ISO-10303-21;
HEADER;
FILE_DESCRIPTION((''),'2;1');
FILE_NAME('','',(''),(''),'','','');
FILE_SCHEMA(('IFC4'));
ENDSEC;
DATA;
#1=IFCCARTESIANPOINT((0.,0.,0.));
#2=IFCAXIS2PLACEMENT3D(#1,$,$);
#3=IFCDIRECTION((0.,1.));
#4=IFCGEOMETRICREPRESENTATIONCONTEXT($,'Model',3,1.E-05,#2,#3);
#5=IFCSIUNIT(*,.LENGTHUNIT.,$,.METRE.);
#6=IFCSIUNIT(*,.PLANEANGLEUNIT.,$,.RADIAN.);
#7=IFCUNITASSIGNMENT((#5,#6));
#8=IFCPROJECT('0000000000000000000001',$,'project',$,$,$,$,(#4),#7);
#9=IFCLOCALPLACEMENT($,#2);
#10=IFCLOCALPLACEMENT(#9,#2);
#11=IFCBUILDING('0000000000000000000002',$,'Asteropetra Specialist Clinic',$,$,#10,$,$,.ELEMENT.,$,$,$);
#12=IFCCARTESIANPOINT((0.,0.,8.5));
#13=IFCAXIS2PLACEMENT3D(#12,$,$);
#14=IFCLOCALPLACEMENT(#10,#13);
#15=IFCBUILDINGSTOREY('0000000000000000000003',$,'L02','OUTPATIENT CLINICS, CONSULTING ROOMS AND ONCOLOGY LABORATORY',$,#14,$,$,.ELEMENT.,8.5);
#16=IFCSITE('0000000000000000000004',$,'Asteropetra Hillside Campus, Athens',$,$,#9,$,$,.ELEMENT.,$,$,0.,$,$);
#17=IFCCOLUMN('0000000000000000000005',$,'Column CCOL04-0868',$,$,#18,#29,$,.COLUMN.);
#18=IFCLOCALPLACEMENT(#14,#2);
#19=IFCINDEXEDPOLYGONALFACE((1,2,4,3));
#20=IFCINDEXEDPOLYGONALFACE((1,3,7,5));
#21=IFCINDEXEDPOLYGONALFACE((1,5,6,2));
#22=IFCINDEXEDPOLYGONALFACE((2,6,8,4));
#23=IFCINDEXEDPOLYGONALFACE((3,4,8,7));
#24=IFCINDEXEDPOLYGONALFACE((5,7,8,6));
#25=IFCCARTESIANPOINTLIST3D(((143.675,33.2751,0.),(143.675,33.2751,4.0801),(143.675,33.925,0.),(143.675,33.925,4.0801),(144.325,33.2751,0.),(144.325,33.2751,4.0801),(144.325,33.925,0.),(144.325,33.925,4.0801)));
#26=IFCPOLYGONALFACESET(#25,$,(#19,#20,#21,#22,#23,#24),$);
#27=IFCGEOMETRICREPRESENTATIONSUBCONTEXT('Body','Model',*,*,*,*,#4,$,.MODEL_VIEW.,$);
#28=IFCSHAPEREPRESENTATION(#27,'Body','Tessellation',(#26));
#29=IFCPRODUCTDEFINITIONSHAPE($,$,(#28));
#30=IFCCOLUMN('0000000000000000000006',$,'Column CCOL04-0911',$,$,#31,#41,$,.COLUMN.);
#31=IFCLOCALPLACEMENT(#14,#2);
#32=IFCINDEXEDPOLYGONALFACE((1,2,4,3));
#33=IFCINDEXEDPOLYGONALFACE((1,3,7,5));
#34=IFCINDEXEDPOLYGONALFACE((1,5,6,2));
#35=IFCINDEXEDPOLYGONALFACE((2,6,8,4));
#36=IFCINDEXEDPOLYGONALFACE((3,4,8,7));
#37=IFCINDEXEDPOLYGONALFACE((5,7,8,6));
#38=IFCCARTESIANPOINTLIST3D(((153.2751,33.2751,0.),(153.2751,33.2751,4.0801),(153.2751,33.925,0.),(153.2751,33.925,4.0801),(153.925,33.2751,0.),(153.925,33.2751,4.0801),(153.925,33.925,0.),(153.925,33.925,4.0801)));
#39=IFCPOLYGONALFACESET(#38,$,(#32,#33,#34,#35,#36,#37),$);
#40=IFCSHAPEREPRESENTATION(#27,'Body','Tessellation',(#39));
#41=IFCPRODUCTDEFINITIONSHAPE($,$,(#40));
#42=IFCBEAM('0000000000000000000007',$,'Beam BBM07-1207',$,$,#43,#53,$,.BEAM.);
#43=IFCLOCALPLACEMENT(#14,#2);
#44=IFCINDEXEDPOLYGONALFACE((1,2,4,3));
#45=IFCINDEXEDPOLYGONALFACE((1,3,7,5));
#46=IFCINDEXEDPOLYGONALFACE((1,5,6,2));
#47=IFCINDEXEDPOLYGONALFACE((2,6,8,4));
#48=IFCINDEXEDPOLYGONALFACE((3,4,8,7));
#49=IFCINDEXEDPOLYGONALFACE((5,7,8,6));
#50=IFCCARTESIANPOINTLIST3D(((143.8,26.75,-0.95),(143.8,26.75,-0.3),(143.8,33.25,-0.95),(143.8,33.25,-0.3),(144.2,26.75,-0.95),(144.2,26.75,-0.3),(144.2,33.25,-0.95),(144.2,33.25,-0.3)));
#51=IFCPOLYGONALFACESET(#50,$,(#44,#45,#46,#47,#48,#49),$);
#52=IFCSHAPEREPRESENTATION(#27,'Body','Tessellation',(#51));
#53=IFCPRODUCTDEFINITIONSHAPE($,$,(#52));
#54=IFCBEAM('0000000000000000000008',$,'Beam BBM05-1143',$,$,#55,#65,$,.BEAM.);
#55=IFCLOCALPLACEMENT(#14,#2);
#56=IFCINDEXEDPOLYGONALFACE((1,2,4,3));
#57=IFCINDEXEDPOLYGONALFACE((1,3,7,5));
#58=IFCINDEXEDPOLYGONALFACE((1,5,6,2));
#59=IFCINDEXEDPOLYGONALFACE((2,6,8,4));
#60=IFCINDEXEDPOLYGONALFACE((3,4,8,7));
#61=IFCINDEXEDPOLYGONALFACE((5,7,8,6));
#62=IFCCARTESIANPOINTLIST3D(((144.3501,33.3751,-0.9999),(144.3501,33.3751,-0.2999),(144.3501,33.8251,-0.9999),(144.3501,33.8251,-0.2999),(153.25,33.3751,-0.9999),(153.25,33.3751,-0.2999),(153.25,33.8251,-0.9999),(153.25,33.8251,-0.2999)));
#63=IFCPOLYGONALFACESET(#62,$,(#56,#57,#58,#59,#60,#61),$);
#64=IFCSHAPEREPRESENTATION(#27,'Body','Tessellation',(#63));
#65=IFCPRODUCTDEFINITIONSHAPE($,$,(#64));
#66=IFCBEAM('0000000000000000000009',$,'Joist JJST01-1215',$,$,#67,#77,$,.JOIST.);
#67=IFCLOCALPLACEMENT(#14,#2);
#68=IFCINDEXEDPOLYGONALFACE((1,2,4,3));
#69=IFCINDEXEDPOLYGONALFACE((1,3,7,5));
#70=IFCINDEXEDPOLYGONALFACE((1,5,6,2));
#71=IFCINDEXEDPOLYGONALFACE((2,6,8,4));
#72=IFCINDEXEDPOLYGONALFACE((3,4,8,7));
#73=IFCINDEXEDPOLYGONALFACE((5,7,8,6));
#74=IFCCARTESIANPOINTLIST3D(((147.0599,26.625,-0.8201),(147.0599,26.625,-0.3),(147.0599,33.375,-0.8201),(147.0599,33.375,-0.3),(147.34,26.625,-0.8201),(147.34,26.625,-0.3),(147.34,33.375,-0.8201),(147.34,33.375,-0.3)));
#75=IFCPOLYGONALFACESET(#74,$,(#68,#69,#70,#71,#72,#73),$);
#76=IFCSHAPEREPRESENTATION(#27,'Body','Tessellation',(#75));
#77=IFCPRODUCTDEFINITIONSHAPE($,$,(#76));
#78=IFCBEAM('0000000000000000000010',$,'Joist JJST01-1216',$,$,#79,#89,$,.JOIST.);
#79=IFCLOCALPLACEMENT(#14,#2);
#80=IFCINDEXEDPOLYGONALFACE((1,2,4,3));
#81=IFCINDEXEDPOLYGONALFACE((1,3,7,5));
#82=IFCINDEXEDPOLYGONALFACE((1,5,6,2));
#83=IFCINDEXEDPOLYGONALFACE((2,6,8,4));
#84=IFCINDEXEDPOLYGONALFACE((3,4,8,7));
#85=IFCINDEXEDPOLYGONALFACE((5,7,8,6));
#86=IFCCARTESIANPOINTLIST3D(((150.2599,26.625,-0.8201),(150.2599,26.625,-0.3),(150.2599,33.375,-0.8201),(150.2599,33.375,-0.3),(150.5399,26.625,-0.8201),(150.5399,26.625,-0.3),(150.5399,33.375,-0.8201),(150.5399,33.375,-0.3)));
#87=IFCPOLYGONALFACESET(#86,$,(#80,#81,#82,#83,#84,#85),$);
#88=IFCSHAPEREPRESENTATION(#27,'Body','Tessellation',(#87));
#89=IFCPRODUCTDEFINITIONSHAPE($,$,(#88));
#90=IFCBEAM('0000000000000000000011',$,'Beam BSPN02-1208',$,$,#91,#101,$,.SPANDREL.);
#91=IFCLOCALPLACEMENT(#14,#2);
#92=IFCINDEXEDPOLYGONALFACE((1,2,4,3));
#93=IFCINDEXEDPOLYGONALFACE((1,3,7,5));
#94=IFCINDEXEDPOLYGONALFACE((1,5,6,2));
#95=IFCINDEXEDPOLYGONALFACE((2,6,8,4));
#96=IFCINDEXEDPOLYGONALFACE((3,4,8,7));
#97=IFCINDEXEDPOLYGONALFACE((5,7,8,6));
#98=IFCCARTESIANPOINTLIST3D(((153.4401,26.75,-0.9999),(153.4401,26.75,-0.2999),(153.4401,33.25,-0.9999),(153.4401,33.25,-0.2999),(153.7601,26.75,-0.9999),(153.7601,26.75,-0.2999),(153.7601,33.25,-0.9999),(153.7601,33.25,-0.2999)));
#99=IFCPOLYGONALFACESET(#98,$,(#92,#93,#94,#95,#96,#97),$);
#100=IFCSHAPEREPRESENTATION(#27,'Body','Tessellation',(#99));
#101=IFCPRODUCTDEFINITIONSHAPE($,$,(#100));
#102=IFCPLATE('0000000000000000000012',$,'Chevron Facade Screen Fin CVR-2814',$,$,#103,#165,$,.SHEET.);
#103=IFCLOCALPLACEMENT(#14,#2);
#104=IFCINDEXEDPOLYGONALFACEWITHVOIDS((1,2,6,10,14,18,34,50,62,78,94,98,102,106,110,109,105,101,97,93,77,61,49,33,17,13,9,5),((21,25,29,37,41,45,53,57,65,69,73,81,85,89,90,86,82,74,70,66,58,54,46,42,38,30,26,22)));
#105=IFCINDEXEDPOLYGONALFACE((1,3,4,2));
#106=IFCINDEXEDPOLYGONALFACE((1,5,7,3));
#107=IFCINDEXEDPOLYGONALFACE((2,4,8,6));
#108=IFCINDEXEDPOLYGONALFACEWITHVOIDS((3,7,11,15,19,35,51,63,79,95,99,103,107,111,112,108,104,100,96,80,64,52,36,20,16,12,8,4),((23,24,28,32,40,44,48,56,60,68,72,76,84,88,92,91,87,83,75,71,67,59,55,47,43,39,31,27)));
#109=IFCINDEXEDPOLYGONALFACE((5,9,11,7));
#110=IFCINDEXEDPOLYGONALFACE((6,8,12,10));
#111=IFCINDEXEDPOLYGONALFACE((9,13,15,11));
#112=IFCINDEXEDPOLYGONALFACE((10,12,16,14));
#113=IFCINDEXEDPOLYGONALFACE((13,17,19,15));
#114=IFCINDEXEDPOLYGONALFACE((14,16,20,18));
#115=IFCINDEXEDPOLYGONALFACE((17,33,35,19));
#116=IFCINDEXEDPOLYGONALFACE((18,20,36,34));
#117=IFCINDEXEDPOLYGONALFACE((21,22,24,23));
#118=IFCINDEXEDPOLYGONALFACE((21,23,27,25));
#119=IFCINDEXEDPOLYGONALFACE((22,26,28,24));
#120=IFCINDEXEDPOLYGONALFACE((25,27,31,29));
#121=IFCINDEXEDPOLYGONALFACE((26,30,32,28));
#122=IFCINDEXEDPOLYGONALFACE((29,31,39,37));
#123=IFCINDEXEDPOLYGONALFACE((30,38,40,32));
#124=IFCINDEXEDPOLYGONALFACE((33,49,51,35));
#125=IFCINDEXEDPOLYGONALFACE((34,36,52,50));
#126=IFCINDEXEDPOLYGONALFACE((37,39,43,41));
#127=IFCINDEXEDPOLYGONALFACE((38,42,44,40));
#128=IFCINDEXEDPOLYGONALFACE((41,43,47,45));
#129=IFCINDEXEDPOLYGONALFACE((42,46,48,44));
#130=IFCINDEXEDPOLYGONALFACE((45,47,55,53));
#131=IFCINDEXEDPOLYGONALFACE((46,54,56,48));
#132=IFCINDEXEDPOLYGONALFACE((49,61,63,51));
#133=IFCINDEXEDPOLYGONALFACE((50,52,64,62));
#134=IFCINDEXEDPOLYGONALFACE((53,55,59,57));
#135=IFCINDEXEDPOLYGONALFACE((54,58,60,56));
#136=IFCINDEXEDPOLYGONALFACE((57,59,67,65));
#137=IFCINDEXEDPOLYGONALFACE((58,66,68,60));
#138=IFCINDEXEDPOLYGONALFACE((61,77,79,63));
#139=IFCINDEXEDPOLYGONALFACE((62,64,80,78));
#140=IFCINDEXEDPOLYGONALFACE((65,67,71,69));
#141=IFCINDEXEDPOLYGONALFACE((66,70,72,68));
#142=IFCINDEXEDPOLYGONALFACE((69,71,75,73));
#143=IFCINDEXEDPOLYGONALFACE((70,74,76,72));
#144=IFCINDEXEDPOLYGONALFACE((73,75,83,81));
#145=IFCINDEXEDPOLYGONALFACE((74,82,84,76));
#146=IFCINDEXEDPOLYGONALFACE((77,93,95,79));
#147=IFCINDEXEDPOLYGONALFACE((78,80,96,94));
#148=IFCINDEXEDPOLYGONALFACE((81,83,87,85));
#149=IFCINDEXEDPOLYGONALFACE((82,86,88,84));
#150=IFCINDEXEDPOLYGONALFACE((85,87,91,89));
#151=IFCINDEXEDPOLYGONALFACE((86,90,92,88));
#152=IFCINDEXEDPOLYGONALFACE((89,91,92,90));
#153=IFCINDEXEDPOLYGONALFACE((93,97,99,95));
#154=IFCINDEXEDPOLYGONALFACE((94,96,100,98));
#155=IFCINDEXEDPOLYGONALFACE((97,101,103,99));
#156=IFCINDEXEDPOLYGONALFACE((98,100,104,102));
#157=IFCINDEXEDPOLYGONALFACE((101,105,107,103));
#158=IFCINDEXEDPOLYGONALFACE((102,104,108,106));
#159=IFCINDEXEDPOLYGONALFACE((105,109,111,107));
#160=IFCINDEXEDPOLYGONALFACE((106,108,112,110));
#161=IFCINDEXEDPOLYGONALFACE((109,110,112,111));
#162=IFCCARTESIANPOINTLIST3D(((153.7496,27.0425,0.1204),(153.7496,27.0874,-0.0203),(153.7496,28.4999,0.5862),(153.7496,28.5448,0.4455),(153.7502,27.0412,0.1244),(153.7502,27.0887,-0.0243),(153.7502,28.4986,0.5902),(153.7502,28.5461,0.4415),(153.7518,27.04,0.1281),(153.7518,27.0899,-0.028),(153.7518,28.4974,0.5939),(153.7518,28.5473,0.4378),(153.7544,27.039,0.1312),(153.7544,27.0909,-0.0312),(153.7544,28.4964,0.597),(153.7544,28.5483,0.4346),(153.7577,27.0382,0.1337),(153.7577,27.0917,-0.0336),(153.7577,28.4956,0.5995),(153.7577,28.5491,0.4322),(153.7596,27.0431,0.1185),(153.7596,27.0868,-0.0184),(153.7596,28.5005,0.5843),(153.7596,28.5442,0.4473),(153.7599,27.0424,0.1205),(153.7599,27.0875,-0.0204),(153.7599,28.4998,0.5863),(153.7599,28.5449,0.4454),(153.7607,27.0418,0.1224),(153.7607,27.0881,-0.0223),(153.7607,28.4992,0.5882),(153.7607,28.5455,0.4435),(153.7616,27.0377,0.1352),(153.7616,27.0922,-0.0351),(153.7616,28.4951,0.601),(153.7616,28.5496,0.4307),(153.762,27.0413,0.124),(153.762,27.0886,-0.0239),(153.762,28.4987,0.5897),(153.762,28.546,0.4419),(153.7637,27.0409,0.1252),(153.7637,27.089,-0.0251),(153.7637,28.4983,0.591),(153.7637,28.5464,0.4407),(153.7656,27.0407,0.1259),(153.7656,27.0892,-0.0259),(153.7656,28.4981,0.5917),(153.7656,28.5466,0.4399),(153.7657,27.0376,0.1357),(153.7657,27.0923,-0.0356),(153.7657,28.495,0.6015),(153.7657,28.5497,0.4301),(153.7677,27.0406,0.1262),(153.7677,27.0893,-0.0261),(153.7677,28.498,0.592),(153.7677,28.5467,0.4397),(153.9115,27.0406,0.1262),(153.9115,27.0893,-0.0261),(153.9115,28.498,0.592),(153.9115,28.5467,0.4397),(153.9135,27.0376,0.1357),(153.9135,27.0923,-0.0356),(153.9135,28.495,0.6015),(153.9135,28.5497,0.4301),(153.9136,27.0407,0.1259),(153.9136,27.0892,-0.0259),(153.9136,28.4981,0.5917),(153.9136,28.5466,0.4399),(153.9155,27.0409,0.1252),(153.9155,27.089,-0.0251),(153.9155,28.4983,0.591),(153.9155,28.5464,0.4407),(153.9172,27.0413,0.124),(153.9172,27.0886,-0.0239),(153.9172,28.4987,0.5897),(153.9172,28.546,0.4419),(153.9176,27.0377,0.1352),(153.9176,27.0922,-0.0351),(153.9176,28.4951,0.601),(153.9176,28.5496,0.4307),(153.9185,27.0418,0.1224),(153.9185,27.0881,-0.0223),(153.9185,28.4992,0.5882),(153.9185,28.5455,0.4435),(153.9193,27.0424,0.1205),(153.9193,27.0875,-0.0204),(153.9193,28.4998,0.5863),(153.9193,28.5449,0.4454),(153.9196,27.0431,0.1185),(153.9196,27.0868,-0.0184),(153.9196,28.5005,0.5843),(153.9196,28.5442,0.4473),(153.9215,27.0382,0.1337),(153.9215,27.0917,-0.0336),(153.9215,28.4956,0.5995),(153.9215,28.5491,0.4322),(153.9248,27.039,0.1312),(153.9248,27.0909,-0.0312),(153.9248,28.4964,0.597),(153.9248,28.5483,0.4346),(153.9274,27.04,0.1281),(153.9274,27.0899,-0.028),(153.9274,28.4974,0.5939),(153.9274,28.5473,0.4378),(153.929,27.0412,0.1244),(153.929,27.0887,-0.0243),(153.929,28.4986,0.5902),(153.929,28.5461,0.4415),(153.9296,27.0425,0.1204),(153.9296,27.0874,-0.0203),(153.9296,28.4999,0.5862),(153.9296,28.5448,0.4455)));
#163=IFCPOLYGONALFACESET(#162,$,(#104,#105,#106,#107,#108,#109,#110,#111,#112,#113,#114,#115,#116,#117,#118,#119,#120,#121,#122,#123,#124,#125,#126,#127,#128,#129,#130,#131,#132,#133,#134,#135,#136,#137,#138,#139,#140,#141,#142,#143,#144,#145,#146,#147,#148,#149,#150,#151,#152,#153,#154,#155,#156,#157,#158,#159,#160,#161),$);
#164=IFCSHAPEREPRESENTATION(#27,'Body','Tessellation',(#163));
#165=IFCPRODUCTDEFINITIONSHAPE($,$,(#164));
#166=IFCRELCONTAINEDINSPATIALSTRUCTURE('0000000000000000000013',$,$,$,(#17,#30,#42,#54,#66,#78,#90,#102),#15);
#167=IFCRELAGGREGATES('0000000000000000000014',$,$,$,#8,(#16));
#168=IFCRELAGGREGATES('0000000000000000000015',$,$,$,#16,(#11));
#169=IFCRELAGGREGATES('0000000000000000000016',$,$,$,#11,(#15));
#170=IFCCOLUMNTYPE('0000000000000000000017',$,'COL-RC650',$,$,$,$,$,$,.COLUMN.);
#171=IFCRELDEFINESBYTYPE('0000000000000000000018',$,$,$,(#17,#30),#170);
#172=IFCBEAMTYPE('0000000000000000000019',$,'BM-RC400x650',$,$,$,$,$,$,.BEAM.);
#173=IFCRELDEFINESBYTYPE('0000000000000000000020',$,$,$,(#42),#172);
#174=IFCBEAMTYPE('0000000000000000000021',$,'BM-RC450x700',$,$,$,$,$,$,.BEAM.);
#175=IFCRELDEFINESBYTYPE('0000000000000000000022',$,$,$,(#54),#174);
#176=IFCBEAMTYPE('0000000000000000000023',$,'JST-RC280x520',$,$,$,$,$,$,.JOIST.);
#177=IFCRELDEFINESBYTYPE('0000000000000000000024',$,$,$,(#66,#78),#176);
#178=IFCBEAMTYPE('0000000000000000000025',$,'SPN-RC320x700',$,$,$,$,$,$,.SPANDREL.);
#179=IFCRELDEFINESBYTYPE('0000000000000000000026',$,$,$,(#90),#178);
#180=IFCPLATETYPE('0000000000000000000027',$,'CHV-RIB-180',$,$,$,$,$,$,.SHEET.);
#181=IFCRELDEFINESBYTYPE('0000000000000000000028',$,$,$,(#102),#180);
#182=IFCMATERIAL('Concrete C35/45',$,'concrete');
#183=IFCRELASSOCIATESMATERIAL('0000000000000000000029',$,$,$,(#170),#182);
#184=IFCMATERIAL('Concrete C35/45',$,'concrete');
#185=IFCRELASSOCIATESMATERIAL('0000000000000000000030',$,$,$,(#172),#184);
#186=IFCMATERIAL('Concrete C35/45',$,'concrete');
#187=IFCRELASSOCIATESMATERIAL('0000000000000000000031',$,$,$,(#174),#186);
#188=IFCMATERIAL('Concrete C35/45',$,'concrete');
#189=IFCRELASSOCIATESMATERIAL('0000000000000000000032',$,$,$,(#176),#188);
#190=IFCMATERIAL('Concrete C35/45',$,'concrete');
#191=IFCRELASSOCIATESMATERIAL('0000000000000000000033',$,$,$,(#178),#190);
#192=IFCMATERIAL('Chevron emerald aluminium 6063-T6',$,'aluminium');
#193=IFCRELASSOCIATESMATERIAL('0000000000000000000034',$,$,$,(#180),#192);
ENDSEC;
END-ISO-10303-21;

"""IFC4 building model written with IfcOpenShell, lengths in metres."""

from ifc_helpers import new_model, si_unit, direction, frame, origin, origin_2d, place, context, subcontext, project, spatial, rectangle, hollow_rectangle, extrude, material, material_profile, profile_set, type_object, element, save


model = new_model("IFC4")

# Units and contexts
model_context = context("Model", 3, precision=1e-05, world=origin(), true_north=direction((0.0, 1.0)))
body_context = subcontext(model_context, "Body", "Model", "MODEL_VIEW")
ifc_project = project(units=[si_unit("LENGTHUNIT", "METRE"), si_unit("PLANEANGLEUNIT", "RADIAN")], contexts=[model_context])

# Site, building, storey
site_placement = place(None, origin())
site = spatial("IfcSite", under=ifc_project, at=site_placement, Name="Asteropetra Hillside Campus, Athens", CompositionType="ELEMENT", RefElevation=0.0)
building_placement = place(site_placement, origin())
building = spatial("IfcBuilding", under=site, at=building_placement, Name="Asteropetra Specialist Clinic", CompositionType="ELEMENT")
storey_placement = place(building_placement, frame((0.0, 0.0, 8.5)))
storey = spatial("IfcBuildingStorey", under=building, at=storey_placement, Name="L02", Description="OUTPATIENT CLINICS, CONSULTING ROOMS AND ONCOLOGY LABORATORY", CompositionType="ELEMENT", Elevation=8.5)

# Columns
ifc_material_1 = material(Name="Concrete C35/45", Category="concrete")
ifc_material_profile_1 = material_profile(ifc_material_1, rectangle(XDim=0.6499, YDim=0.6499, at=origin_2d()), Name="RC 650x650")
ifc_profile_set_1 = profile_set([ifc_material_profile_1], Name="Concrete C35/45")
column_type = type_object("IfcColumnType", Name="COL-RC650", PredefinedType="COLUMN", material=ifc_profile_set_1)
for number, where, z_axis, x_axis, name in (
    (1, (144.0, 33.6001, 0.0), (0.0, 0.0, 1.0), (1.0, 0.0, 0.0), "Column CCOL04-0868"),
    (2, (153.6001, 33.6001, 0.0), (0.0, 0.0, 1.0), (1.0, 0.0, 0.0), "Column CCOL04-0911"),
):
    element("IfcColumn", number, at=place(storey_placement, frame(where, z_axis=z_axis, x_axis=x_axis)), inside=storey, type_object=column_type, Name=name, PredefinedType="COLUMN", context=body_context, shape_type="SweptSolid", body=[
        extrude(rectangle(XDim=0.6499, YDim=0.6499, at=origin_2d()), origin(), (0.0, 0.0, 1.0), 4.0801),
    ])

# Beams
ifc_material_2 = material(Name="Concrete C35/45", Category="concrete")
ifc_material_profile_2 = material_profile(ifc_material_2, rectangle(XDim=0.3999, YDim=0.6499, at=origin_2d()), Name="RCB 400x650")
ifc_profile_set_2 = profile_set([ifc_material_profile_2], Name="Concrete C35/45")
beam_type_1 = type_object("IfcBeamType", Name="BM-RC400x650", PredefinedType="BEAM", material=ifc_profile_set_2)
beam_1_placement = place(storey_placement, frame((144.0, 26.75, -0.625), z_axis=(0.0, 1.0, 0.0), x_axis=(-1.0, 0.0, 0.0)))
element("IfcBeam", 3, at=beam_1_placement, inside=storey, type_object=beam_type_1, Name="Beam BBM07-1207", PredefinedType="BEAM", context=body_context, shape_type="SweptSolid", body=[
    extrude(rectangle(XDim=0.3999, YDim=0.6499, at=origin_2d()), origin(), (0.0, 0.0, 1.0), 6.5),
])
ifc_material_3 = material(Name="Concrete C35/45", Category="concrete")
ifc_material_profile_3 = material_profile(ifc_material_3, rectangle(XDim=0.45, YDim=0.7, at=origin_2d()), Name="RCB 450x700")
ifc_profile_set_3 = profile_set([ifc_material_profile_3], Name="Concrete C35/45")
beam_type_2 = type_object("IfcBeamType", Name="BM-RC450x700", PredefinedType="BEAM", material=ifc_profile_set_3)
beam_2_placement = place(storey_placement, frame((144.3501, 33.6001, -0.6499), z_axis=(1.0, 0.0, 0.0), x_axis=(0.0, 1.0, 0.0)))
element("IfcBeam", 4, at=beam_2_placement, inside=storey, type_object=beam_type_2, Name="Beam BBM05-1143", PredefinedType="BEAM", context=body_context, shape_type="SweptSolid", body=[
    extrude(rectangle(XDim=0.45, YDim=0.7, at=origin_2d()), origin(), (0.0, 0.0, 1.0), 8.8999),
])
ifc_material_4 = material(Name="Concrete C35/45", Category="concrete")
ifc_material_profile_4 = material_profile(ifc_material_4, rectangle(XDim=0.28, YDim=0.52, at=origin_2d()), Name="RCJ 280x520")
ifc_profile_set_4 = profile_set([ifc_material_profile_4], Name="Concrete C35/45")
beam_type_3 = type_object("IfcBeamType", Name="JST-RC280x520", PredefinedType="JOIST", material=ifc_profile_set_4)
for number, where, z_axis, x_axis, name in (
    (5, (147.2, 26.625, -0.5601), (0.0, 1.0, 0.0), (-1.0, 0.0, 0.0), "Joist JJST01-1215"),
    (6, (150.3999, 26.625, -0.5601), (0.0, 1.0, 0.0), (-1.0, 0.0, 0.0), "Joist JJST01-1216"),
):
    element("IfcBeam", number, at=place(storey_placement, frame(where, z_axis=z_axis, x_axis=x_axis)), inside=storey, type_object=beam_type_3, Name=name, PredefinedType="JOIST", context=body_context, shape_type="SweptSolid", body=[
        extrude(rectangle(XDim=0.28, YDim=0.52, at=origin_2d()), origin(), (0.0, 0.0, 1.0), 6.75),
    ])
ifc_material_5 = material(Name="Concrete C35/45", Category="concrete")
ifc_material_profile_5 = material_profile(ifc_material_5, rectangle(XDim=0.3201, YDim=0.7, at=origin_2d()), Name="RCS 320x700")
ifc_profile_set_5 = profile_set([ifc_material_profile_5], Name="Concrete C35/45")
beam_type_4 = type_object("IfcBeamType", Name="SPN-RC320x700", PredefinedType="SPANDREL", material=ifc_profile_set_5)
beam_3_placement = place(storey_placement, frame((153.6001, 26.75, -0.6499), z_axis=(0.0, 1.0, 0.0), x_axis=(-1.0, 0.0, 0.0)))
element("IfcBeam", 7, at=beam_3_placement, inside=storey, type_object=beam_type_4, Name="Beam BSPN02-1208", PredefinedType="SPANDREL", context=body_context, shape_type="SweptSolid", body=[
    extrude(rectangle(XDim=0.3201, YDim=0.7, at=origin_2d()), origin(), (0.0, 0.0, 1.0), 6.5),
])

# Plate
ifc_material_6 = material(Name="Chevron emerald aluminium 6063-T6", Category="aluminium")
ifc_material_profile_6 = material_profile(ifc_material_6, hollow_rectangle(XDim=0.1799, YDim=0.1799, WallThickness=0.01, InnerFilletRadius=0.0081, OuterFilletRadius=0.0161, at=origin_2d()), Name="SHS 180x180x10.0")
ifc_profile_set_6 = profile_set([ifc_material_profile_6], Name="Chevron emerald aluminium 6063-T6")
plate_type = type_object("IfcPlateType", Name="CHV-RIB-180", PredefinedType="SHEET", material=ifc_profile_set_6)
for number, where, z_axis, x_axis, name in (
    (8, (153.8396, 27.0649, 0.05), (0.0, 0.952535, 0.304428), (-1.0, 0.0, 0.0), "Chevron Facade Screen Fin CVR-2814"),
):
    element("IfcPlate", number, at=place(storey_placement, frame(where, z_axis=z_axis, x_axis=x_axis)), inside=storey, type_object=plate_type, Name=name, PredefinedType="SHEET", context=body_context, shape_type="SweptSolid", body=[
        extrude(hollow_rectangle(XDim=0.1799, YDim=0.1799, WallThickness=0.01, InnerFilletRadius=0.0081, OuterFilletRadius=0.0161, at=origin_2d()), origin(), (0.0, 0.0, 1.0), 1.53),
    ])

save(model, "model.ifc")
